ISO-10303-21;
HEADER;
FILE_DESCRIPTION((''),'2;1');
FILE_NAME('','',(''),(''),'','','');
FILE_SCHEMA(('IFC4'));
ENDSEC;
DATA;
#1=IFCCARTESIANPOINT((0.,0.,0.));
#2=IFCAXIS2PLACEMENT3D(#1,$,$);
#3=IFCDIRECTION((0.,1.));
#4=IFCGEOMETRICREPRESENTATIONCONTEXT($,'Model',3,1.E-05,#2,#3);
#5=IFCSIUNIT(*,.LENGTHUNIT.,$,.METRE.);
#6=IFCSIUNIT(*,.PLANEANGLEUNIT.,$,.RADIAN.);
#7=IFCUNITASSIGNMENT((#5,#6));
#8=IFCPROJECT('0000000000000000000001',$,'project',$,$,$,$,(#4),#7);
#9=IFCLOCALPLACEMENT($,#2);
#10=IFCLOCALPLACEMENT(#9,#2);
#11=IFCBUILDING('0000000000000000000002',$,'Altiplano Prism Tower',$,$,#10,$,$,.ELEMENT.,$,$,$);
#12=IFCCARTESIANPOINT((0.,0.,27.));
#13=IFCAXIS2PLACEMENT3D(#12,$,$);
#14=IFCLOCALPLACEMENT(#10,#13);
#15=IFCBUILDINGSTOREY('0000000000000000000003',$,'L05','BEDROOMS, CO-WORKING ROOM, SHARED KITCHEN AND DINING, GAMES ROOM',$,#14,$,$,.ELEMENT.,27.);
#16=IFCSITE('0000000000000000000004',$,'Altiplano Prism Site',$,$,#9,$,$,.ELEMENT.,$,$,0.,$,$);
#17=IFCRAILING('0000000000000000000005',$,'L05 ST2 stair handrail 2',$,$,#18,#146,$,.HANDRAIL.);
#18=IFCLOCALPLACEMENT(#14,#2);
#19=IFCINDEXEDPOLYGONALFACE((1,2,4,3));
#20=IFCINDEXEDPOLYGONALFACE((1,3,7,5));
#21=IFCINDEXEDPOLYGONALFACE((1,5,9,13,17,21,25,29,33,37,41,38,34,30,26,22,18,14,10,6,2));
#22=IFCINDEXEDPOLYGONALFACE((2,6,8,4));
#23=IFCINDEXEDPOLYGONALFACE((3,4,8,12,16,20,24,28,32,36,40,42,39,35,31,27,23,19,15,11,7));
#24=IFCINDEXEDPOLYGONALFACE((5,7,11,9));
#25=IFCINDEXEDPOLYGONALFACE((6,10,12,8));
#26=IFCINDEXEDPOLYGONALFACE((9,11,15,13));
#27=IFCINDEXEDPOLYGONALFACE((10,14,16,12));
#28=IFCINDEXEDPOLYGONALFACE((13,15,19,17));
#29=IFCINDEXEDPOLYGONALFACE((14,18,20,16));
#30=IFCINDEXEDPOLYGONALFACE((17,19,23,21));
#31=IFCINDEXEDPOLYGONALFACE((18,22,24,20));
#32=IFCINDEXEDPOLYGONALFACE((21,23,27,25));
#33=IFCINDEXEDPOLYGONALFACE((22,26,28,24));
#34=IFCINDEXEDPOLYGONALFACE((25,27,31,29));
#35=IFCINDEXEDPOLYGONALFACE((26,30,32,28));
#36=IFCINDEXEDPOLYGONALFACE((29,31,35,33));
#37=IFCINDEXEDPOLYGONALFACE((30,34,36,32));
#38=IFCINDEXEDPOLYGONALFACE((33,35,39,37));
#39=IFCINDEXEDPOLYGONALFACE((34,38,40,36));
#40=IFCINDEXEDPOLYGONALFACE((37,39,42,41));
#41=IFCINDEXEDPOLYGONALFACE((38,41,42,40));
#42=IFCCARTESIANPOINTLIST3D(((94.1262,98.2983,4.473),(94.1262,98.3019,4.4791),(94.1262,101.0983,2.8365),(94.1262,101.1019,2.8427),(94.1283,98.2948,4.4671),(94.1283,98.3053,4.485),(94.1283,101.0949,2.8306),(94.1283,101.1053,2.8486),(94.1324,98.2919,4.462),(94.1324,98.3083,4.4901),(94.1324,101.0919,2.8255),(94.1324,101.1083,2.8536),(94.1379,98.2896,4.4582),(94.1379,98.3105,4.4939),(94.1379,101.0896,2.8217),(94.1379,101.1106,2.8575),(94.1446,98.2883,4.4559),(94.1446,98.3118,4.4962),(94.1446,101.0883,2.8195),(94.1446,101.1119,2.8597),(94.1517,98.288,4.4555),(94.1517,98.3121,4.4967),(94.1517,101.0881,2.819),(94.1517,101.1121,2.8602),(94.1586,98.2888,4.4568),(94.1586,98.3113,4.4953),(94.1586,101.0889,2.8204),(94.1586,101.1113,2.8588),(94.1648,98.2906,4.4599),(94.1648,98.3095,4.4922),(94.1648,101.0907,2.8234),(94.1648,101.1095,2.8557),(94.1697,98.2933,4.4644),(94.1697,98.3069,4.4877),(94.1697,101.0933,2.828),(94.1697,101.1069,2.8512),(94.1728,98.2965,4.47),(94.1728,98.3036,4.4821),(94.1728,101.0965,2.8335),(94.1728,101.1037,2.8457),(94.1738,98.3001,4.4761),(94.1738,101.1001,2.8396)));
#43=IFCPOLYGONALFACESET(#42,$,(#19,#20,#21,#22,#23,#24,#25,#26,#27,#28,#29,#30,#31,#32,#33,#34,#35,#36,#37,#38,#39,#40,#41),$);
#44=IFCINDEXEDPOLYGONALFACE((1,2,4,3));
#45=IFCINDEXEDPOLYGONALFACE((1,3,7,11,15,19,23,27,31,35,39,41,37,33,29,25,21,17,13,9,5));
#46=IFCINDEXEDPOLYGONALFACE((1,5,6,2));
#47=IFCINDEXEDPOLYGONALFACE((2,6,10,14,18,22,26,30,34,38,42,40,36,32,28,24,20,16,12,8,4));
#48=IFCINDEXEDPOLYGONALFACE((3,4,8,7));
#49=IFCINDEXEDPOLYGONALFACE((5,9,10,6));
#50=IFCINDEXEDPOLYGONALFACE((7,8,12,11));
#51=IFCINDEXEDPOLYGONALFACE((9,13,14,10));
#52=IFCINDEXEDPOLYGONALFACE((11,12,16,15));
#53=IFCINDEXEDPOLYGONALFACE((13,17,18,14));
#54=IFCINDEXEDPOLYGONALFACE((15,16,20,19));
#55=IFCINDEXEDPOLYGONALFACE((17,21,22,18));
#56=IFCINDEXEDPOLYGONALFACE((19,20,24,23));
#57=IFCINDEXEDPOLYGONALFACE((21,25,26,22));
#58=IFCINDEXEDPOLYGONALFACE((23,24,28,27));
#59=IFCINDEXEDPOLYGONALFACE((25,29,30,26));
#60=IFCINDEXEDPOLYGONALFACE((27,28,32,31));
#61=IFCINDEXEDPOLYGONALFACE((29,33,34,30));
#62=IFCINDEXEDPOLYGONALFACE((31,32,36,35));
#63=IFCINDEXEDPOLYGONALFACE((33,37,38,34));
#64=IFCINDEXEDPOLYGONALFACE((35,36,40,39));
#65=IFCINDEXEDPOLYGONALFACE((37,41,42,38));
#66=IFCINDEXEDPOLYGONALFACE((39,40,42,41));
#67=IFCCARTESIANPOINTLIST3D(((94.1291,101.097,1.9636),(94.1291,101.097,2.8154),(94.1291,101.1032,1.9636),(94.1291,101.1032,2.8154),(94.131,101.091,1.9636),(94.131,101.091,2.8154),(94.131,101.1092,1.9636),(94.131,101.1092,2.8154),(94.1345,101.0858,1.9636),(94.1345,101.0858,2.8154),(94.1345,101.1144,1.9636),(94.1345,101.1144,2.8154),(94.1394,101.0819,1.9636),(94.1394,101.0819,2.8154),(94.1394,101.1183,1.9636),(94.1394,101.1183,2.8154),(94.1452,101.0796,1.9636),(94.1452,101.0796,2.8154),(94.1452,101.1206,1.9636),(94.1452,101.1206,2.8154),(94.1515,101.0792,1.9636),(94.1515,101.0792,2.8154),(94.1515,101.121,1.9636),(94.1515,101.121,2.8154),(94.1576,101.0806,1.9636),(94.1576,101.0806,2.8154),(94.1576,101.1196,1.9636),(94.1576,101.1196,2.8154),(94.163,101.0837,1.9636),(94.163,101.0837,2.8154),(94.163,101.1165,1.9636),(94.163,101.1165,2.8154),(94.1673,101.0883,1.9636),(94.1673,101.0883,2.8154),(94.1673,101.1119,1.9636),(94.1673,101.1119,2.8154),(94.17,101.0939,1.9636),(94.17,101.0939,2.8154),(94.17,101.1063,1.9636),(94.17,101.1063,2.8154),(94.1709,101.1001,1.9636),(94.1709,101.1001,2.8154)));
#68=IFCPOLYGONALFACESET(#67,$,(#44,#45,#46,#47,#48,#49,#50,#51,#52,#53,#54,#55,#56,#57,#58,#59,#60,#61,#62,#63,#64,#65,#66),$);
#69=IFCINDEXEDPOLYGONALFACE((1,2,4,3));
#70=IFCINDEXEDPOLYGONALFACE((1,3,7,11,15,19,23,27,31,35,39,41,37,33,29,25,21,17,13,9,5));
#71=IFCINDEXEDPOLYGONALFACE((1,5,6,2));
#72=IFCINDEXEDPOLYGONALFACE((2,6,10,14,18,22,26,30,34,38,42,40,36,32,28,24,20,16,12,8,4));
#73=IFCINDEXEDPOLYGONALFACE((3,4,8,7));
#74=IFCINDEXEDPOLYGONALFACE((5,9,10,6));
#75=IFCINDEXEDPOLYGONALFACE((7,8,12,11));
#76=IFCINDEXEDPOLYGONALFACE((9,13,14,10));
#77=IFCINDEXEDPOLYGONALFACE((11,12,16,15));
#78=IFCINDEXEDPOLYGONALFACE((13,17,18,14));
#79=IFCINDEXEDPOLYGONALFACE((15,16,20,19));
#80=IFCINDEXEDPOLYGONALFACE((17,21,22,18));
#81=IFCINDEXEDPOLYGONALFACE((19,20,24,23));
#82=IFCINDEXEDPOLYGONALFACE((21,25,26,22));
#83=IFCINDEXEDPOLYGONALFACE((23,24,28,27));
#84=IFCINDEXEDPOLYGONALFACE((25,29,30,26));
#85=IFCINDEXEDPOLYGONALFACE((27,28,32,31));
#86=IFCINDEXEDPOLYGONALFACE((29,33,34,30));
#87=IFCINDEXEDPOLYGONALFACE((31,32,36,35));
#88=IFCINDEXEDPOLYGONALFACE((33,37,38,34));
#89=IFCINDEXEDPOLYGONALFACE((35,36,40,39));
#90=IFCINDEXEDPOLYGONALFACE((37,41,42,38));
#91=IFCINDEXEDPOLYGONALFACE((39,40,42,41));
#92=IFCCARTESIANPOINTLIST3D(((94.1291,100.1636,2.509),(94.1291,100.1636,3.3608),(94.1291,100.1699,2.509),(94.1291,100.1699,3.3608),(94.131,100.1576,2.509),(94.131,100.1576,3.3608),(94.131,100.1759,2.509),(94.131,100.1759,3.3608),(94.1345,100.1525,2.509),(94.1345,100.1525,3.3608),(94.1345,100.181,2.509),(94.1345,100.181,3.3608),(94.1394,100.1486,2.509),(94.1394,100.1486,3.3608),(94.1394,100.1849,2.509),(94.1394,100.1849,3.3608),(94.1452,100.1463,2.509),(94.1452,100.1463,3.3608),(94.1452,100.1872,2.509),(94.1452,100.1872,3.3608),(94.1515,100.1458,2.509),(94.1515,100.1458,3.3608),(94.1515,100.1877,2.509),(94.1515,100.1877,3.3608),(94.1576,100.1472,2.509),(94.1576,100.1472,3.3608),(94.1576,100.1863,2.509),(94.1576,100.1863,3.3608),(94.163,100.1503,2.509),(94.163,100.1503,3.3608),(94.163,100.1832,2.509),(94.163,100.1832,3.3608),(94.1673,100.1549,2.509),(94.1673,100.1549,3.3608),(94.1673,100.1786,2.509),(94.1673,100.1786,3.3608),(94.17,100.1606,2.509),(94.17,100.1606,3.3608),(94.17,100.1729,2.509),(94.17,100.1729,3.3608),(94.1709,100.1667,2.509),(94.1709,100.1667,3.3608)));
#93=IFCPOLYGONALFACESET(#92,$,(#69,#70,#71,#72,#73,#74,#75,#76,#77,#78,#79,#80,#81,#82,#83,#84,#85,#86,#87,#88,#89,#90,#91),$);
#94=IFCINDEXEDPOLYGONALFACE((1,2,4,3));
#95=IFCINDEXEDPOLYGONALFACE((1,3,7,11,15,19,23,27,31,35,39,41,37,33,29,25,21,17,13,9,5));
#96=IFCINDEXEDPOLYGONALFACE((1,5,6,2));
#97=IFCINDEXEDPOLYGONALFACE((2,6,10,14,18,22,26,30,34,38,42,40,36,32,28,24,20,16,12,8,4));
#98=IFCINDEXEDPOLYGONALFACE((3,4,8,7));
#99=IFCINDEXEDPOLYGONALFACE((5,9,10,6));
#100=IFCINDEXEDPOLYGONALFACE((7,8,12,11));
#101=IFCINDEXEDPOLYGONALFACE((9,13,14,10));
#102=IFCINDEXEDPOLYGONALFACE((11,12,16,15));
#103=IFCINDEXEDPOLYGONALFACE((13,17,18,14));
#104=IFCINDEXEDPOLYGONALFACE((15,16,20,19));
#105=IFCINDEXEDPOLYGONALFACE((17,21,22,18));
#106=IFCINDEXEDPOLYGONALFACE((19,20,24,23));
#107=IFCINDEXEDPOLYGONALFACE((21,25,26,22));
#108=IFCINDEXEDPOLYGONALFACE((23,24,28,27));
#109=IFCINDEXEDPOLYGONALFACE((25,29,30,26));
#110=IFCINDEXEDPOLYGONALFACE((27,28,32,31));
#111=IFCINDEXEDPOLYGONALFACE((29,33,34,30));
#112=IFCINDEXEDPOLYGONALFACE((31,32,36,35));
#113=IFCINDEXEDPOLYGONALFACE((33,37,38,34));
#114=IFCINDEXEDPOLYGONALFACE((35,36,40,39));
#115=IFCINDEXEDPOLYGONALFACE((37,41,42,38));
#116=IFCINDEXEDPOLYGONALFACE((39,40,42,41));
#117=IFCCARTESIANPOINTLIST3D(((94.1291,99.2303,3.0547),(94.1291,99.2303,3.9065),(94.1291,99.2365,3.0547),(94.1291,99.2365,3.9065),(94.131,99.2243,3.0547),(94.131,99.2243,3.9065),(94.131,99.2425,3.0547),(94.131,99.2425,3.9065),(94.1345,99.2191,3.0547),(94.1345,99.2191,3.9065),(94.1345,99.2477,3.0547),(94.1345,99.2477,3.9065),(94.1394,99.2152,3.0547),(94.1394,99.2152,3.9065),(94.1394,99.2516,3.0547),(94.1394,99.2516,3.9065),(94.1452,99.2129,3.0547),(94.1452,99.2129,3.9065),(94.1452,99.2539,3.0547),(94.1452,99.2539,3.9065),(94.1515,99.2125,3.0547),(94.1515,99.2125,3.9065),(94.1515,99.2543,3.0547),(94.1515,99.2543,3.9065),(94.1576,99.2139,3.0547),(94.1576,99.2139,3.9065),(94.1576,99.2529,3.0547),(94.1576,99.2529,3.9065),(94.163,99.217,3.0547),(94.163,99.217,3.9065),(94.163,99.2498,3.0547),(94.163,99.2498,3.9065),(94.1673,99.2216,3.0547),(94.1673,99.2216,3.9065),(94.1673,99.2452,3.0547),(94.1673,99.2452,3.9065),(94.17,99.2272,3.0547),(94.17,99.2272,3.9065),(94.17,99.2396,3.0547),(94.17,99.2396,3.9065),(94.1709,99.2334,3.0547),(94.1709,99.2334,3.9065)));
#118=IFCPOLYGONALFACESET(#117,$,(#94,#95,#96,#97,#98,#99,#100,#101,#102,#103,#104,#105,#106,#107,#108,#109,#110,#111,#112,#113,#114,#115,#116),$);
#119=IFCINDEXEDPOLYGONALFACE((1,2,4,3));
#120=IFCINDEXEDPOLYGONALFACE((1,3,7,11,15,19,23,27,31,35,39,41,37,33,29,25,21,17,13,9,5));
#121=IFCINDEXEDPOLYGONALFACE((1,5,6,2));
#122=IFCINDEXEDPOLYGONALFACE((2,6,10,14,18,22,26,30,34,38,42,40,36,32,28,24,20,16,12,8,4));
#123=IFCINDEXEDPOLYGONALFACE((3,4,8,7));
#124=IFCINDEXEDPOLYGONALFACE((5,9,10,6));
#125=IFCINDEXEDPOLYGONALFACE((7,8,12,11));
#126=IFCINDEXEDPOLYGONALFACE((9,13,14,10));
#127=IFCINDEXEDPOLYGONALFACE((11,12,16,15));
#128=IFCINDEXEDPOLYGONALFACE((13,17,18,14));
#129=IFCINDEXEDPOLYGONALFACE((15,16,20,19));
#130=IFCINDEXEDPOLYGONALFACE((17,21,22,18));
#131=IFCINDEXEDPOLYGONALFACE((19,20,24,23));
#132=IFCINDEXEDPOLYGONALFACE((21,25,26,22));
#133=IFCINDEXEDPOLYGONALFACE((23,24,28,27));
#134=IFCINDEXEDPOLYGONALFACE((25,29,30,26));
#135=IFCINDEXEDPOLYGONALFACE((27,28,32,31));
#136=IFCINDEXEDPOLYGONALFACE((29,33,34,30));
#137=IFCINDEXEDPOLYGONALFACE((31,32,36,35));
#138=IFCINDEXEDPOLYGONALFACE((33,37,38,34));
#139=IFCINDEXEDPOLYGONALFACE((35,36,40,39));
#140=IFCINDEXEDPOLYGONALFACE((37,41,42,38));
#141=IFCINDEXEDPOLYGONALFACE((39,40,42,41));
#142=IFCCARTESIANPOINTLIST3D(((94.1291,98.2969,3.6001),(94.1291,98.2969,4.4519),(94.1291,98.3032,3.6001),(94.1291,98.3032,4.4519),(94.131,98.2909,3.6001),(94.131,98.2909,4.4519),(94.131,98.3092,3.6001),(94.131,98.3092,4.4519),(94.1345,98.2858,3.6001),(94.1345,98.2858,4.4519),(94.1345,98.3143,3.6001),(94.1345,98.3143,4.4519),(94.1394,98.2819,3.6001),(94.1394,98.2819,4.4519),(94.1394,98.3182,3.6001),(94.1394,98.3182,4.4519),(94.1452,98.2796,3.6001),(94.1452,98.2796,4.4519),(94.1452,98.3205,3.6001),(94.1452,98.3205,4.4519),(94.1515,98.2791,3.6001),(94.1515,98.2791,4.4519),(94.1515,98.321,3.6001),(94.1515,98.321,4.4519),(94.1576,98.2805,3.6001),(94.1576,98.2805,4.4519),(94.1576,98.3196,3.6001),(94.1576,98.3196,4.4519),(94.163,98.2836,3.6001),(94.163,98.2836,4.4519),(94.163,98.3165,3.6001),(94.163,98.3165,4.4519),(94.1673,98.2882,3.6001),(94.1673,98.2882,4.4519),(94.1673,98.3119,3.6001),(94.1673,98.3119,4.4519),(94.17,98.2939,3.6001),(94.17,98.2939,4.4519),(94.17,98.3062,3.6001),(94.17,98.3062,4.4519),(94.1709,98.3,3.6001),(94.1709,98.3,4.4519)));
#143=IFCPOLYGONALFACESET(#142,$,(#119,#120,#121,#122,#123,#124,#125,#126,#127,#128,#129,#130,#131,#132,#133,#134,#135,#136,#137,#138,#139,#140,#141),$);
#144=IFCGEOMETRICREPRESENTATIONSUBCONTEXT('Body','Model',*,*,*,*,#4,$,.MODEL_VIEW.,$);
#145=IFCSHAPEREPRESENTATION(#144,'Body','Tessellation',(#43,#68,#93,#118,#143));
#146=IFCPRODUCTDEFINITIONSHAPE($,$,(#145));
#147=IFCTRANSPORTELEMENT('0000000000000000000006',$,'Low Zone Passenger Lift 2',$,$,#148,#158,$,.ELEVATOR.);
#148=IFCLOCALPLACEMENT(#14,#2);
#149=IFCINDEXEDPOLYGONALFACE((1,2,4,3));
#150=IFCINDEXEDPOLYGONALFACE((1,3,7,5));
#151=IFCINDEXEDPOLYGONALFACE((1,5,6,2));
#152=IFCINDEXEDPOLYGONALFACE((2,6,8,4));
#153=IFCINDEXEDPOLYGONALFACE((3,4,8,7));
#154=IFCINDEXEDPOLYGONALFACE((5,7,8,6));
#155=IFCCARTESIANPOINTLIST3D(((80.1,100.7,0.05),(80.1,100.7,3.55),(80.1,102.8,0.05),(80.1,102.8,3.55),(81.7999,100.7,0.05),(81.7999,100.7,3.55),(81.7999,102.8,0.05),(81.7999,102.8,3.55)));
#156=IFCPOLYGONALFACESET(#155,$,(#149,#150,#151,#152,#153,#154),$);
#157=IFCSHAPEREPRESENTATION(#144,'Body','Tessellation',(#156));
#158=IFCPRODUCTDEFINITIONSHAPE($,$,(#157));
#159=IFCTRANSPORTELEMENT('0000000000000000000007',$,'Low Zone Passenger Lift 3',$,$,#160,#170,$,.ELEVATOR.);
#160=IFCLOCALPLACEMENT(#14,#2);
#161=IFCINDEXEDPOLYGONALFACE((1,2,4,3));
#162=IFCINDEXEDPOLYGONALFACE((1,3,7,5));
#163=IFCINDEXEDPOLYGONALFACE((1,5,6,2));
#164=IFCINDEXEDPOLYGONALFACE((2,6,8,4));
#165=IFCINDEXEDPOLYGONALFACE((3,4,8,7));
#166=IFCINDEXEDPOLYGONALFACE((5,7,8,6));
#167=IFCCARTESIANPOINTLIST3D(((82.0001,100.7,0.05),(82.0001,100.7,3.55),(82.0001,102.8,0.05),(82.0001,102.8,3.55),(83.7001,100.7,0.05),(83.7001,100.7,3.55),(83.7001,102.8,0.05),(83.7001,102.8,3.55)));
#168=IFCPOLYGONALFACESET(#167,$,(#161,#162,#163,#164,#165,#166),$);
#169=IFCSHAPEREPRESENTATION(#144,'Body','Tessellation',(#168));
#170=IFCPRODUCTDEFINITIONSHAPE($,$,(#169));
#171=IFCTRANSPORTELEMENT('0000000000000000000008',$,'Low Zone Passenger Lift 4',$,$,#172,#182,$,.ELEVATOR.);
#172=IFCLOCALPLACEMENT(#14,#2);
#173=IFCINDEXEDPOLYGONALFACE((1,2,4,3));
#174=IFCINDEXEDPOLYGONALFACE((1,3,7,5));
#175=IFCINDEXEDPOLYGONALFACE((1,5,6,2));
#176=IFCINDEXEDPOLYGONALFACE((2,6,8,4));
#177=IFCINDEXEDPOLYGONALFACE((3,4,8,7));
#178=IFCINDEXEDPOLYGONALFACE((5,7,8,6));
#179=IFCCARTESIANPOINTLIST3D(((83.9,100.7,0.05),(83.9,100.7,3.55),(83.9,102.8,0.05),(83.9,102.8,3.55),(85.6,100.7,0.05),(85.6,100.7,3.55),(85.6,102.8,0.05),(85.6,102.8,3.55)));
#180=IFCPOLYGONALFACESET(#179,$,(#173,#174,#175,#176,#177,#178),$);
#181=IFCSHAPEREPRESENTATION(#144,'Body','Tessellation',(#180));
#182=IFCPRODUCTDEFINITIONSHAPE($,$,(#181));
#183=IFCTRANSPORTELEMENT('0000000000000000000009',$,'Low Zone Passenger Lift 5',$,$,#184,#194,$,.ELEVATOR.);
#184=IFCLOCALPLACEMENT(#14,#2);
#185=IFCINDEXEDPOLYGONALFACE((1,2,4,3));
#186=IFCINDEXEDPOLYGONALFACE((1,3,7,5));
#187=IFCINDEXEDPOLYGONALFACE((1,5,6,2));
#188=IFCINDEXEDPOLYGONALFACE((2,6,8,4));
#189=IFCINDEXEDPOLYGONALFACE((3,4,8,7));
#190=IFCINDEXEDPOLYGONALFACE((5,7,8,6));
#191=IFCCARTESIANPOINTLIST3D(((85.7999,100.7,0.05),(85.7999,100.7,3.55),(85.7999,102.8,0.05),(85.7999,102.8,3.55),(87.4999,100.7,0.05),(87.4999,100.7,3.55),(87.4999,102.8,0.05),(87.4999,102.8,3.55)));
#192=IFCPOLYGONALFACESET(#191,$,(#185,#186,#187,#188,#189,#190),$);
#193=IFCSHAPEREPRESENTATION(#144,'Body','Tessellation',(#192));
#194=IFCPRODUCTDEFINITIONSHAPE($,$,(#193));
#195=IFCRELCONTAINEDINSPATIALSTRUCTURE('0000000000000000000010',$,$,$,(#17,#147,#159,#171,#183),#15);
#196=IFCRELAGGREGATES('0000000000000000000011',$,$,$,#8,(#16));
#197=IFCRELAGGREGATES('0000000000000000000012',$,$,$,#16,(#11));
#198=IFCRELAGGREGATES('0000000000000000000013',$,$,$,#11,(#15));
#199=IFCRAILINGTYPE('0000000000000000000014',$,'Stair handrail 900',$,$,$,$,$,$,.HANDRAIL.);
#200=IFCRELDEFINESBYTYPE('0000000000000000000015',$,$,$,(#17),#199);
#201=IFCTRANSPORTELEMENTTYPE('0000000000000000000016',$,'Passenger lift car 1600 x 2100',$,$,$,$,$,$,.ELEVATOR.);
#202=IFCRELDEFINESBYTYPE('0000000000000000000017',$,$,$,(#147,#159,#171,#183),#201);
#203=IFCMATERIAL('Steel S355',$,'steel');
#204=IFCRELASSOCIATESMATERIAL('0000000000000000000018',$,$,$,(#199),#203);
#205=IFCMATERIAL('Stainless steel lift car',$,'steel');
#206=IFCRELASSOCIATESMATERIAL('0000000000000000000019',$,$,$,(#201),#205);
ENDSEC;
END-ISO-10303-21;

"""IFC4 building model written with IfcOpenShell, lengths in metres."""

from ifc_helpers import new_model, si_unit, direction, frame, origin, origin_2d, place, context, subcontext, project, spatial, rectangle, circle, extrude, material, type_object, element, save


model = new_model("IFC4")

# Units and contexts
model_context = context("Model", 3, precision=1e-05, world=origin(), true_north=direction((0.0, 1.0)))
body_context = subcontext(model_context, "Body", "Model", "MODEL_VIEW")
ifc_project = project(units=[si_unit("LENGTHUNIT", "METRE"), si_unit("PLANEANGLEUNIT", "RADIAN")], contexts=[model_context])

# Site, building, storey
site_placement = place(None, origin())
site = spatial("IfcSite", under=ifc_project, at=site_placement, Name="Altiplano Prism Site", CompositionType="ELEMENT", RefElevation=0.0)
building_placement = place(site_placement, origin())
building = spatial("IfcBuilding", under=site, at=building_placement, Name="Altiplano Prism Tower", CompositionType="ELEMENT")
storey_placement = place(building_placement, frame((0.0, 0.0, 27.0)))
storey = spatial("IfcBuildingStorey", under=building, at=storey_placement, Name="L05", Description="BEDROOMS, CO-WORKING ROOM, SHARED KITCHEN AND DINING, GAMES ROOM", CompositionType="ELEMENT", Elevation=27.0)

# Shared definitions
ifc_material_1 = material(Name="Steel S355", Category="steel")

# Railing
railing_type_1 = type_object("IfcRailingType", Name="Stair handrail 900", PredefinedType="HANDRAIL", material=ifc_material_1)
railing_1_placement = place(storey_placement, frame((94.1499, 101.1001, 1.9636)))
element("IfcRailing", 1, at=railing_1_placement, inside=storey, type_object=railing_type_1, Name="L05 ST2 stair handrail 2", PredefinedType="HANDRAIL", context=body_context, shape_type="SweptSolid", body=[
    extrude(circle(Radius=0.0239, at=origin_2d()), frame((0.0, 0.0, 0.876), z_axis=(0.0, -0.863361, 0.504587), x_axis=(1.0, 0.0, 0.0)), (0.0, 0.0, 1.0), 3.2432),
    extrude(circle(Radius=0.021, at=origin_2d()), origin(), (0.0, 0.0, 1.0), 0.8518),
    extrude(circle(Radius=0.021, at=origin_2d()), frame((0.0, -0.9333, 0.5454)), (0.0, 0.0, 1.0), 0.8518),
    extrude(circle(Radius=0.021, at=origin_2d()), frame((0.0, -1.8667, 1.0911)), (0.0, 0.0, 1.0), 0.8518),
    extrude(circle(Radius=0.021, at=origin_2d()), frame((0.0, -2.8, 1.6365)), (0.0, 0.0, 1.0), 0.8518),
])

# Transport elements
ifc_material_2 = material(Name="Stainless steel lift car", Category="steel")
transport_element_type = type_object("IfcTransportElementType", Name="Passenger lift car 1600 x 2100", PredefinedType="ELEVATOR", material=ifc_material_2)
for number, where, z_axis, x_axis, name in (
    (2, (80.95, 101.75, 0.05), (0.0, 0.0, 1.0), (1.0, 0.0, 0.0), "Low Zone Passenger Lift 2"),
    (3, (82.8501, 101.75, 0.05), (0.0, 0.0, 1.0), (1.0, 0.0, 0.0), "Low Zone Passenger Lift 3"),
    (4, (84.75, 101.75, 0.05), (0.0, 0.0, 1.0), (1.0, 0.0, 0.0), "Low Zone Passenger Lift 4"),
    (5, (86.6499, 101.75, 0.05), (0.0, 0.0, 1.0), (1.0, 0.0, 0.0), "Low Zone Passenger Lift 5"),
):
    element("IfcTransportElement", number, at=place(storey_placement, frame(where, z_axis=z_axis, x_axis=x_axis)), inside=storey, type_object=transport_element_type, Name=name, PredefinedType="ELEVATOR", context=body_context, shape_type="SweptSolid", body=[
        extrude(rectangle(XDim=1.7, YDim=2.1001, at=origin_2d()), origin(), (0.0, 0.0, 1.0), 3.5),
    ])

save(model, "model.ifc")
